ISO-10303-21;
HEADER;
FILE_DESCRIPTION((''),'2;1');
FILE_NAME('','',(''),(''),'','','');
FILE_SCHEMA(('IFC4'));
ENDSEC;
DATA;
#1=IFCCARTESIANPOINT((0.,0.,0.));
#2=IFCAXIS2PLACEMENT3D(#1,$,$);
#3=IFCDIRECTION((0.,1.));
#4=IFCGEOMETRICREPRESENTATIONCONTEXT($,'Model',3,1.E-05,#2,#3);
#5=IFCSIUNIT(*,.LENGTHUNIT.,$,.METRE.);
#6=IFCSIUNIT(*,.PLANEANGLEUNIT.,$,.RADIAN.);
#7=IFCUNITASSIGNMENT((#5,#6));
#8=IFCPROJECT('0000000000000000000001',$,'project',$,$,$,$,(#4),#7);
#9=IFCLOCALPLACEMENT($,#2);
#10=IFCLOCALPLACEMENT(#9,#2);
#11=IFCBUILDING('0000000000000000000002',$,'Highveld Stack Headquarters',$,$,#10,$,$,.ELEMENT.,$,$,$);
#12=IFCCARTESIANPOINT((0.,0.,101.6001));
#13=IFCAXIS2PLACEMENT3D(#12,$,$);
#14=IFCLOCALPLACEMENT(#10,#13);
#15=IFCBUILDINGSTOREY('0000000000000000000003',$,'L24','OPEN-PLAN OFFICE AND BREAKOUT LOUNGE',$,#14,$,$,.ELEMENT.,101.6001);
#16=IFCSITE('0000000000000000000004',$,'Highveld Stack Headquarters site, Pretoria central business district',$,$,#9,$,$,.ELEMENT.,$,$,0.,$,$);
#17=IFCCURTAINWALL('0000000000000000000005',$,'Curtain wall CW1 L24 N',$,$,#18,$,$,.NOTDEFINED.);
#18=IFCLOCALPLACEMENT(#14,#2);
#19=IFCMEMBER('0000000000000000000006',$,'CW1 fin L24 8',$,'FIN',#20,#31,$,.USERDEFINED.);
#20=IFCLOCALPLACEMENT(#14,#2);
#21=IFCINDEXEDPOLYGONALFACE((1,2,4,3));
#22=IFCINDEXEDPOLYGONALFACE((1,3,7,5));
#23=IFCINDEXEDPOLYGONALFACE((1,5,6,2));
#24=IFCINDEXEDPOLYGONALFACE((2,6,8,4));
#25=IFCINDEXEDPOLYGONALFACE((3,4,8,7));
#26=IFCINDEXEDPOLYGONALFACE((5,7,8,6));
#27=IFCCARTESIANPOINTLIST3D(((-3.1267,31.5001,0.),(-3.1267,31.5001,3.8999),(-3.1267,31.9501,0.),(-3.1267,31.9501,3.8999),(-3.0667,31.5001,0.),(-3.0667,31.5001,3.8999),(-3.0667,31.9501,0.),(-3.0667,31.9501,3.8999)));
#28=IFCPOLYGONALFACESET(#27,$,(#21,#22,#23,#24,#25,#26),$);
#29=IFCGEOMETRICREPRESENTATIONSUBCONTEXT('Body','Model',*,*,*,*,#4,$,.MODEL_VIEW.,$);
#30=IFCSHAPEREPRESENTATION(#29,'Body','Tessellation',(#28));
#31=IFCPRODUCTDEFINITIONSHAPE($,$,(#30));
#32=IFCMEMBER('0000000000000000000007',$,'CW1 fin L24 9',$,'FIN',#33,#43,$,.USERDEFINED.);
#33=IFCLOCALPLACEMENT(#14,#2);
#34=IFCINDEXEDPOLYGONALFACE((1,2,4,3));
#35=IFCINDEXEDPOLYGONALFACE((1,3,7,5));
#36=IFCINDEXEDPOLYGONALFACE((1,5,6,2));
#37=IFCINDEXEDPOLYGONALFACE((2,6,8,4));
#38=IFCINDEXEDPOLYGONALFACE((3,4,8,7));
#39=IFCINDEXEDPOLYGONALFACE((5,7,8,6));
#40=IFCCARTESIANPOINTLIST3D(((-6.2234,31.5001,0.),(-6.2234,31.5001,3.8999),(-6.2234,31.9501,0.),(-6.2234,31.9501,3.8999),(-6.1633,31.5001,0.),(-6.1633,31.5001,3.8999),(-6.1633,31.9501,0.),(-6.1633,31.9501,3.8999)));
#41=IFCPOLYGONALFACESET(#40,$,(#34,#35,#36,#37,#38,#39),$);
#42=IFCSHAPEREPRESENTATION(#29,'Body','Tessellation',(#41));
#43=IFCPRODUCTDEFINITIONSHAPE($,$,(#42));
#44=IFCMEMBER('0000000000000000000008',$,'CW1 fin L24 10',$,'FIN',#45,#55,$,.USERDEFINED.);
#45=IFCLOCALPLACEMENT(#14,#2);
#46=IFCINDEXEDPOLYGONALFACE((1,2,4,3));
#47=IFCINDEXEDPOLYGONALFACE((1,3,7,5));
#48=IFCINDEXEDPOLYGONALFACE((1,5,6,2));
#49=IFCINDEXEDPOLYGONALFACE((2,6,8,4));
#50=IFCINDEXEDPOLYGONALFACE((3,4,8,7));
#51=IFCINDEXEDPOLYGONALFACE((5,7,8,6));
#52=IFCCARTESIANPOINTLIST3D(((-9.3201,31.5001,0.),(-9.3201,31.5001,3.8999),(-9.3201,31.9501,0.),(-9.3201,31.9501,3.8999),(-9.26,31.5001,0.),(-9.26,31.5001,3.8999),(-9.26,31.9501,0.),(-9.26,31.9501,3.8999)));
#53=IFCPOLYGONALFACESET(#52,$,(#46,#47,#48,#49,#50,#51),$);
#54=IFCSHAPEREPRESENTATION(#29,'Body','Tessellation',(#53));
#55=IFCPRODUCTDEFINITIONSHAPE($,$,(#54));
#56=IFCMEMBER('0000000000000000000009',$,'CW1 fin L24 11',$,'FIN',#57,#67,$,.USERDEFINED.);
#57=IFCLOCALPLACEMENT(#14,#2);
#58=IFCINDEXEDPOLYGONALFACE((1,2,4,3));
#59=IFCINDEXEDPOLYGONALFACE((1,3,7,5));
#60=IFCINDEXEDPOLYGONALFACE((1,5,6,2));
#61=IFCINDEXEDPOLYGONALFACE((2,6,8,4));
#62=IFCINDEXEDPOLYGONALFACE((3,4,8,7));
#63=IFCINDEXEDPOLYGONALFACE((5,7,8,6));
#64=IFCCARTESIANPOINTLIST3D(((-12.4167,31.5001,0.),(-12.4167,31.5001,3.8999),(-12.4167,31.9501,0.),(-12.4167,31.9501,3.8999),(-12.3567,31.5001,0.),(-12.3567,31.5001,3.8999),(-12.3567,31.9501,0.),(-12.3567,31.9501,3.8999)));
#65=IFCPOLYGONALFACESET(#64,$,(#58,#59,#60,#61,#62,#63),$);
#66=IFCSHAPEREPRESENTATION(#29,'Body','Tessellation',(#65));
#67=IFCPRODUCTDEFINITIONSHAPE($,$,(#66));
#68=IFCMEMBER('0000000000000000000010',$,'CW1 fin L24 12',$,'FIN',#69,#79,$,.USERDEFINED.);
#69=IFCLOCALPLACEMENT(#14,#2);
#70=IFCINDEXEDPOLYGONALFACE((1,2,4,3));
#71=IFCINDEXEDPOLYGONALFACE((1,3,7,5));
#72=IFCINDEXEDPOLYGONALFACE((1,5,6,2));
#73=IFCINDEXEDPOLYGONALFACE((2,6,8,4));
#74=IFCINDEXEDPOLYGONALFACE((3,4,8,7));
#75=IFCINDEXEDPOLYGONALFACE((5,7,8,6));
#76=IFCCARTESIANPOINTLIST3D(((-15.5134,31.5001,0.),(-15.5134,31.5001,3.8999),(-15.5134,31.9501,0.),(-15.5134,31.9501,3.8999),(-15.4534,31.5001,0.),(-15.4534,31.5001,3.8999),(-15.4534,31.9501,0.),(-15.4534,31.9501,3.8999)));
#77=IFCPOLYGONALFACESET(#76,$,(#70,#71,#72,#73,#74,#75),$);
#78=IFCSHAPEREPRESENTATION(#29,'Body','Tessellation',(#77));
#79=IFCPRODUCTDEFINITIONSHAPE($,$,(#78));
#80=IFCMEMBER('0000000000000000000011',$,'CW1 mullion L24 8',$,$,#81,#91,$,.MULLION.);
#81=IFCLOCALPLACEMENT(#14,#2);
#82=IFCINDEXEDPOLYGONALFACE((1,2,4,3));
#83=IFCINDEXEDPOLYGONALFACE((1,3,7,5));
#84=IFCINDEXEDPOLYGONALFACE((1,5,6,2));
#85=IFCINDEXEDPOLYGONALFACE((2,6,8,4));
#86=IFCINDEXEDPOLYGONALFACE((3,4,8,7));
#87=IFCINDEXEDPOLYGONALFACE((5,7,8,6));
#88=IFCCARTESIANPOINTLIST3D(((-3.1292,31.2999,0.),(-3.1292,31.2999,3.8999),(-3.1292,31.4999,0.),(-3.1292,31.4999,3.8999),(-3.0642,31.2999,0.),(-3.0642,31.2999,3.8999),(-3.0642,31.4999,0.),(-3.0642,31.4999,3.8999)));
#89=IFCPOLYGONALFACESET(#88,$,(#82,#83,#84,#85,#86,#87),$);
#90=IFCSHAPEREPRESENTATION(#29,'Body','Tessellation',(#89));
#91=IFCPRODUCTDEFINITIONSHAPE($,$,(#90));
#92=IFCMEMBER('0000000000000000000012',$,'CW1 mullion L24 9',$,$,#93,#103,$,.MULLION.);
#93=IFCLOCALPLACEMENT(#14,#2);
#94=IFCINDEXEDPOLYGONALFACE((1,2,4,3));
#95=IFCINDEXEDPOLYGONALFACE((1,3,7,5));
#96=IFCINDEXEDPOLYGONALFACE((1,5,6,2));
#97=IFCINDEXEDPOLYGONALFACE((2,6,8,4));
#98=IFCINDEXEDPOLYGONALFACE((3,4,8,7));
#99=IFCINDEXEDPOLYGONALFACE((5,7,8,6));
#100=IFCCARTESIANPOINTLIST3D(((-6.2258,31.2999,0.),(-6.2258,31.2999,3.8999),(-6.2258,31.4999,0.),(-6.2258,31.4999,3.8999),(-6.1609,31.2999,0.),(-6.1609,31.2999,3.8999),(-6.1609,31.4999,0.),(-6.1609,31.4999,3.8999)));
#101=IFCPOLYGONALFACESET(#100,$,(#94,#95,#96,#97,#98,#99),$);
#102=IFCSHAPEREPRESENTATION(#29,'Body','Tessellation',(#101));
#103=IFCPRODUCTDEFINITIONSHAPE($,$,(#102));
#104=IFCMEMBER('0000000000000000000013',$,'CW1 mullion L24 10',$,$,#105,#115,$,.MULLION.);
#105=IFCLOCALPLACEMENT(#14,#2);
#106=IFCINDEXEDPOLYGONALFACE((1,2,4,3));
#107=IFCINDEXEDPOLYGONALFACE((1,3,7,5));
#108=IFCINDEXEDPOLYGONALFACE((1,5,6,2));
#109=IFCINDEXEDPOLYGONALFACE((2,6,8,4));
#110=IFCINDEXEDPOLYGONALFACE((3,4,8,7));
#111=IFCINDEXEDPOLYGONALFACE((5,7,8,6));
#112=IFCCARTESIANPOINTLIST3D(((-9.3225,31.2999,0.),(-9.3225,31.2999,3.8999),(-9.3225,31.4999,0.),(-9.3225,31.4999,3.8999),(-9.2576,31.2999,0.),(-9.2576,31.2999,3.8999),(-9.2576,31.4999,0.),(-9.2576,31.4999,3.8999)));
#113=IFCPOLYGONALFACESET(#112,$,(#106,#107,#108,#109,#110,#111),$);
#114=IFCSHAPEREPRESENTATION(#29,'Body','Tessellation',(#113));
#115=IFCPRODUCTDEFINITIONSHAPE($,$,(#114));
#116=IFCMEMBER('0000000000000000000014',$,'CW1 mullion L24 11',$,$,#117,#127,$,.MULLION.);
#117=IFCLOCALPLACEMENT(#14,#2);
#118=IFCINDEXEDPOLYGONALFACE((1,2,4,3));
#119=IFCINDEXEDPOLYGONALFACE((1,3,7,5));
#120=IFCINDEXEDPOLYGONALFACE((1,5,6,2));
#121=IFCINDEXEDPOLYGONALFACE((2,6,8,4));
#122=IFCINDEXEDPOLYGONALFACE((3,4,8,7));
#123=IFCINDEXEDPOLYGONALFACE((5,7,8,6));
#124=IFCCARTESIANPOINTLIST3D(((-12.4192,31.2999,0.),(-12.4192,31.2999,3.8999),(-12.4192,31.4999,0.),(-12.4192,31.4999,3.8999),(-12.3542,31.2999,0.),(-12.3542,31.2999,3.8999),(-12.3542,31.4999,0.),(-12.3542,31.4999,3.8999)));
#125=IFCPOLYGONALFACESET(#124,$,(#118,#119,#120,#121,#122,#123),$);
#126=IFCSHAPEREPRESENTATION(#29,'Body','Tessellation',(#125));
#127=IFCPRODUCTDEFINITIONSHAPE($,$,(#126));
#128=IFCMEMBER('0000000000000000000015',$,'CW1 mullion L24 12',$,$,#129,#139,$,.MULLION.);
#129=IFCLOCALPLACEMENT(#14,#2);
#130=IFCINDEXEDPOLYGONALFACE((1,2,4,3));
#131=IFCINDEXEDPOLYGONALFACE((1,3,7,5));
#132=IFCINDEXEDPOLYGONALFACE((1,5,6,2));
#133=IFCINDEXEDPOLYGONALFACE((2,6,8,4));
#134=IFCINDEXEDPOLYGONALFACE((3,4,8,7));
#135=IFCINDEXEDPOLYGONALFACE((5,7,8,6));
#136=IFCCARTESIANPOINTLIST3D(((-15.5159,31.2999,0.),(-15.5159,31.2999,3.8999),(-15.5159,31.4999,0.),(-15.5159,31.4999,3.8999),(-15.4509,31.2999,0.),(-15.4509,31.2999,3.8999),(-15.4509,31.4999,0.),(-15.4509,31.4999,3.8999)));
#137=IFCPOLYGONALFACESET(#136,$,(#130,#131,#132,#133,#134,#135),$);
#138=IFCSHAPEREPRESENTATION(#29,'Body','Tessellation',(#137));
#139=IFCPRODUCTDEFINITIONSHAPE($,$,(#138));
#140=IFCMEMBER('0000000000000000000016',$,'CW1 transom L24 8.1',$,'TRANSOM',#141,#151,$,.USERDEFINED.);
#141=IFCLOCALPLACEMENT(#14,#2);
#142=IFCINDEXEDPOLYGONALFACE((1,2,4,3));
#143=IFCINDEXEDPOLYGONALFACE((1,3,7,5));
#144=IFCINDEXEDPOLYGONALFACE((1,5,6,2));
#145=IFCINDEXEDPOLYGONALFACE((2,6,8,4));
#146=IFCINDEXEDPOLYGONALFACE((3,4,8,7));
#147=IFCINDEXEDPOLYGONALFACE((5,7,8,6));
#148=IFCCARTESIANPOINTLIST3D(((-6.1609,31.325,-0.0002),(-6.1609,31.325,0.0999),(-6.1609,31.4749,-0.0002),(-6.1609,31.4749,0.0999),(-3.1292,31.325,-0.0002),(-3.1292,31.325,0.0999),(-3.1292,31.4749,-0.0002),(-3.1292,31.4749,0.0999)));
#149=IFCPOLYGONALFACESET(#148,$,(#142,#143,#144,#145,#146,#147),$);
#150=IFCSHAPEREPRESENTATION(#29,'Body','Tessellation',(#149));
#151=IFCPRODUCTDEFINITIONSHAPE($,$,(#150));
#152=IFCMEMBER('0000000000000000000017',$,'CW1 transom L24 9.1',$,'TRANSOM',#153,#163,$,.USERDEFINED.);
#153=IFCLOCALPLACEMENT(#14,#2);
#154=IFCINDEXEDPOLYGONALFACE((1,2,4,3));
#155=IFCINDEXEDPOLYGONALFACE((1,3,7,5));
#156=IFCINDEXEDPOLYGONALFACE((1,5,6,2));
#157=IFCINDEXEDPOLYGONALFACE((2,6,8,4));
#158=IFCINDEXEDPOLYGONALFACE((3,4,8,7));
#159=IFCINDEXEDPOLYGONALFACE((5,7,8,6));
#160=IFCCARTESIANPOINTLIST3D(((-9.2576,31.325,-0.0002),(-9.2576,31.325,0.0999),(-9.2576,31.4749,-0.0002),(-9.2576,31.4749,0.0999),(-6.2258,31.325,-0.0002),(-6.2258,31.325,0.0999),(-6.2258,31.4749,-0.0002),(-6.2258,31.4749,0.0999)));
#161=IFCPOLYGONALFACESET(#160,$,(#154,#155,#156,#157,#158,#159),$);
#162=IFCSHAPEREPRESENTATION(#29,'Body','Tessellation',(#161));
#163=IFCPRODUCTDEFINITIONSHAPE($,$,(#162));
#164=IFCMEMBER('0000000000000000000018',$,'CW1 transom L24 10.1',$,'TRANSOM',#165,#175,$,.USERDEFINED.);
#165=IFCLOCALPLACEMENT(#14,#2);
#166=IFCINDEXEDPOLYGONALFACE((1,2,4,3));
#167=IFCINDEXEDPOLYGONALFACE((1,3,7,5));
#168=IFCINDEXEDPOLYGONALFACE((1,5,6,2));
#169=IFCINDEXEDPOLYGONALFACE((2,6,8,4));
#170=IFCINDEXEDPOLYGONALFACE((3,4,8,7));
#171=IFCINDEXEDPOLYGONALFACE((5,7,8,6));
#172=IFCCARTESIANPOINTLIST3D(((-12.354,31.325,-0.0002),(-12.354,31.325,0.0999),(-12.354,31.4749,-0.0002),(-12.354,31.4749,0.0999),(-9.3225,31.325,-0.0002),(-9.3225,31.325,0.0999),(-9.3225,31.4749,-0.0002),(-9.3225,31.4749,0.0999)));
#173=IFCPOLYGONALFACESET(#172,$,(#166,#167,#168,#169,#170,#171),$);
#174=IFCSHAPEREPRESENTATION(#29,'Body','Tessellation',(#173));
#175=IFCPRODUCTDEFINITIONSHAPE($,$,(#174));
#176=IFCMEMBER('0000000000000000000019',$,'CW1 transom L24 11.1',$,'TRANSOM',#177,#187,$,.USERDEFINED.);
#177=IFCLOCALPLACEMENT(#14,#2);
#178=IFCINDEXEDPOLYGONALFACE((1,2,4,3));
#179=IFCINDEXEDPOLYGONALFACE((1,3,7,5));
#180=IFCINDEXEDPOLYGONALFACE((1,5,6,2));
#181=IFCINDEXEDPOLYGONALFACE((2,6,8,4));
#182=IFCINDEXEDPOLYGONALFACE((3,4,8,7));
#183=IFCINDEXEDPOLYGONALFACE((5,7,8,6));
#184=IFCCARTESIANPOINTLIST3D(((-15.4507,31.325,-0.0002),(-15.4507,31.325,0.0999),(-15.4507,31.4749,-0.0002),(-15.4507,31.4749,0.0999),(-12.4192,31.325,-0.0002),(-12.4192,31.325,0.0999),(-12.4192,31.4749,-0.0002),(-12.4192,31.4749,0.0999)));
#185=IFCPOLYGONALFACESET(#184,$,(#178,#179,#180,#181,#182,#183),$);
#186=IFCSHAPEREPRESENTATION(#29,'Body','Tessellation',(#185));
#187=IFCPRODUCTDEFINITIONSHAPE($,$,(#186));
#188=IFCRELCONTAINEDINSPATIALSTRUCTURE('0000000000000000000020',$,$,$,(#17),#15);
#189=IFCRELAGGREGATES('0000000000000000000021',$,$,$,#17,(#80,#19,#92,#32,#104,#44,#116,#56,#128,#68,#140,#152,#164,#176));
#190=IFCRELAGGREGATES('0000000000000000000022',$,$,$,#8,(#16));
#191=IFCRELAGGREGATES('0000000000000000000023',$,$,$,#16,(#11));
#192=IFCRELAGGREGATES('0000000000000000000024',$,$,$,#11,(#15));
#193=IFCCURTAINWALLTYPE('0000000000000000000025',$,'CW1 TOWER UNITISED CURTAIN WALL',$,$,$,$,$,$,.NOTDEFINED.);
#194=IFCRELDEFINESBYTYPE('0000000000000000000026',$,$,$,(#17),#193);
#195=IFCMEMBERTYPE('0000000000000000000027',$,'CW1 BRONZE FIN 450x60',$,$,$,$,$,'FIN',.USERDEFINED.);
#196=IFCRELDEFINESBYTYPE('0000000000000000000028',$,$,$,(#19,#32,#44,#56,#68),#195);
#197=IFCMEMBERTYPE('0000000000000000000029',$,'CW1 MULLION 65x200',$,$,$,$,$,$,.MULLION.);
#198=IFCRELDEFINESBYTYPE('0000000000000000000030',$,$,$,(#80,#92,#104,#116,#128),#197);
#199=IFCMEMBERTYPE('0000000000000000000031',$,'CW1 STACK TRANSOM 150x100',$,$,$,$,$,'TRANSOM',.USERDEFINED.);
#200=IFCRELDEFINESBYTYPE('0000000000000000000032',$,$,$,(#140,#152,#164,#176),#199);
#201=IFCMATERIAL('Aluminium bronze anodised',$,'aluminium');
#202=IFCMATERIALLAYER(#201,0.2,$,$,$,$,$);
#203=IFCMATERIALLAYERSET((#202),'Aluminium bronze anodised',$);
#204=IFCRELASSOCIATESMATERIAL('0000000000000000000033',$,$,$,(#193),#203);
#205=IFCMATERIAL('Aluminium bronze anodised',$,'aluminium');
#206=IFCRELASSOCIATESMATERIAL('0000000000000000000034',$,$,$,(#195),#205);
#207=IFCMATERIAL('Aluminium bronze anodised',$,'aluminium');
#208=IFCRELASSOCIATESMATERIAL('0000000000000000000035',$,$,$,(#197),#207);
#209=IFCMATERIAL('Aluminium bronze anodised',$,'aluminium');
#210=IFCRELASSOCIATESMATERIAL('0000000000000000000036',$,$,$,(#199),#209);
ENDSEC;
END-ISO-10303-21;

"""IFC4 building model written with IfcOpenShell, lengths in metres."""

from ifc_helpers import new_model, si_unit, direction, frame, origin, origin_2d, place, context, subcontext, project, spatial, rectangle, extrude, material, layer, layer_set, material_profile, profile_set, type_object, element, aggregate, save


model = new_model("IFC4")

# Units and contexts
model_context = context("Model", 3, precision=1e-05, world=origin(), true_north=direction((0.0, 1.0)))
body_context = subcontext(model_context, "Body", "Model", "MODEL_VIEW")
ifc_project = project(units=[si_unit("LENGTHUNIT", "METRE"), si_unit("PLANEANGLEUNIT", "RADIAN")], contexts=[model_context])

# Site, building, storey
site_placement = place(None, origin())
site = spatial("IfcSite", under=ifc_project, at=site_placement, Name="Highveld Stack Headquarters site, Pretoria central business district", CompositionType="ELEMENT", RefElevation=0.0)
building_placement = place(site_placement, origin())
building = spatial("IfcBuilding", under=site, at=building_placement, Name="Highveld Stack Headquarters", CompositionType="ELEMENT")
storey_placement = place(building_placement, frame((0.0, 0.0, 101.6001)))
storey = spatial("IfcBuildingStorey", under=building, at=storey_placement, Name="L24", Description="OPEN-PLAN OFFICE AND BREAKOUT LOUNGE", CompositionType="ELEMENT", Elevation=101.6001)

# Curtain wall, members
ifc_material_1 = material(Name="Aluminium bronze anodised", Category="aluminium")
ifc_layer_1 = layer(ifc_material_1, 0.2)
ifc_layer_set_1 = layer_set([ifc_layer_1], Name="Aluminium bronze anodised")
curtain_wall_type = type_object("IfcCurtainWallType", Name="CW1 TOWER UNITISED CURTAIN WALL", PredefinedType="NOTDEFINED", material=ifc_layer_set_1)
curtain_wall_placement = place(storey_placement, origin())
curtain_wall = element("IfcCurtainWall", 1, at=curtain_wall_placement, inside=storey, type_object=curtain_wall_type, Name="Curtain wall CW1 L24 N", PredefinedType="NOTDEFINED")
ifc_material_2 = material(Name="Aluminium bronze anodised", Category="aluminium")
ifc_material_profile_1 = material_profile(ifc_material_2, rectangle(XDim=0.45, YDim=0.0601, at=origin_2d()), Name="FIN 450x60")
ifc_profile_set_1 = profile_set([ifc_material_profile_1], Name="Aluminium bronze anodised")
member_type_1 = type_object("IfcMemberType", Name="CW1 BRONZE FIN 450x60", ElementType="FIN", PredefinedType="USERDEFINED", material=ifc_profile_set_1)
member_1_placement = place(storey_placement, frame((-3.0967, 31.7251, 0.0), z_axis=(0.0, 0.0, 1.0), x_axis=(0.0, -1.0, 0.0)))
member_1 = element("IfcMember", 2, at=member_1_placement, type_object=member_type_1, Name="CW1 fin L24 8", ObjectType="FIN", PredefinedType="USERDEFINED", context=body_context, shape_type="SweptSolid", body=[
    extrude(rectangle(XDim=0.45, YDim=0.0601, at=origin_2d()), origin(), (0.0, 0.0, 1.0), 3.8999),
])
member_2_placement = place(storey_placement, frame((-6.1934, 31.7251, 0.0), z_axis=(0.0, 0.0, 1.0), x_axis=(0.0, -1.0, 0.0)))
member_2 = element("IfcMember", 3, at=member_2_placement, type_object=member_type_1, Name="CW1 fin L24 9", ObjectType="FIN", PredefinedType="USERDEFINED", context=body_context, shape_type="SweptSolid", body=[
    extrude(rectangle(XDim=0.45, YDim=0.0601, at=origin_2d()), origin(), (0.0, 0.0, 1.0), 3.8999),
])
member_3_placement = place(storey_placement, frame((-9.29, 31.7251, 0.0), z_axis=(0.0, 0.0, 1.0), x_axis=(0.0, -1.0, 0.0)))
member_3 = element("IfcMember", 4, at=member_3_placement, type_object=member_type_1, Name="CW1 fin L24 10", ObjectType="FIN", PredefinedType="USERDEFINED", context=body_context, shape_type="SweptSolid", body=[
    extrude(rectangle(XDim=0.45, YDim=0.0601, at=origin_2d()), origin(), (0.0, 0.0, 1.0), 3.8999),
])
member_4_placement = place(storey_placement, frame((-12.3867, 31.7251, 0.0), z_axis=(0.0, 0.0, 1.0), x_axis=(0.0, -1.0, 0.0)))
member_4 = element("IfcMember", 5, at=member_4_placement, type_object=member_type_1, Name="CW1 fin L24 11", ObjectType="FIN", PredefinedType="USERDEFINED", context=body_context, shape_type="SweptSolid", body=[
    extrude(rectangle(XDim=0.45, YDim=0.0601, at=origin_2d()), origin(), (0.0, 0.0, 1.0), 3.8999),
])
member_5_placement = place(storey_placement, frame((-15.4834, 31.7251, 0.0), z_axis=(0.0, 0.0, 1.0), x_axis=(0.0, -1.0, 0.0)))
member_5 = element("IfcMember", 6, at=member_5_placement, type_object=member_type_1, Name="CW1 fin L24 12", ObjectType="FIN", PredefinedType="USERDEFINED", context=body_context, shape_type="SweptSolid", body=[
    extrude(rectangle(XDim=0.45, YDim=0.0601, at=origin_2d()), origin(), (0.0, 0.0, 1.0), 3.8999),
])
ifc_material_3 = material(Name="Aluminium bronze anodised", Category="aluminium")
ifc_material_profile_2 = material_profile(ifc_material_3, rectangle(XDim=0.2, YDim=0.0649, at=origin_2d()), Name="CW1 MULLION 65x200")
ifc_profile_set_2 = profile_set([ifc_material_profile_2], Name="Aluminium bronze anodised")
member_type_2 = type_object("IfcMemberType", Name="CW1 MULLION 65x200", PredefinedType="MULLION", material=ifc_profile_set_2)
member_6_placement = place(storey_placement, frame((-3.0967, 31.3999, 0.0), z_axis=(0.0, 0.0, 1.0), x_axis=(0.0, -1.0, 0.0)))
member_6 = element("IfcMember", 7, at=member_6_placement, type_object=member_type_2, Name="CW1 mullion L24 8", PredefinedType="MULLION", context=body_context, shape_type="SweptSolid", body=[
    extrude(rectangle(XDim=0.2, YDim=0.0649, at=origin_2d()), origin(), (0.0, 0.0, 1.0), 3.8999),
])
member_7_placement = place(storey_placement, frame((-6.1934, 31.3999, 0.0), z_axis=(0.0, 0.0, 1.0), x_axis=(0.0, -1.0, 0.0)))
member_7 = element("IfcMember", 8, at=member_7_placement, type_object=member_type_2, Name="CW1 mullion L24 9", PredefinedType="MULLION", context=body_context, shape_type="SweptSolid", body=[
    extrude(rectangle(XDim=0.2, YDim=0.0649, at=origin_2d()), origin(), (0.0, 0.0, 1.0), 3.8999),
])
member_8_placement = place(storey_placement, frame((-9.29, 31.3999, 0.0), z_axis=(0.0, 0.0, 1.0), x_axis=(0.0, -1.0, 0.0)))
member_8 = element("IfcMember", 9, at=member_8_placement, type_object=member_type_2, Name="CW1 mullion L24 10", PredefinedType="MULLION", context=body_context, shape_type="SweptSolid", body=[
    extrude(rectangle(XDim=0.2, YDim=0.0649, at=origin_2d()), origin(), (0.0, 0.0, 1.0), 3.8999),
])
member_9_placement = place(storey_placement, frame((-12.3867, 31.3999, 0.0), z_axis=(0.0, 0.0, 1.0), x_axis=(0.0, -1.0, 0.0)))
member_9 = element("IfcMember", 10, at=member_9_placement, type_object=member_type_2, Name="CW1 mullion L24 11", PredefinedType="MULLION", context=body_context, shape_type="SweptSolid", body=[
    extrude(rectangle(XDim=0.2, YDim=0.0649, at=origin_2d()), origin(), (0.0, 0.0, 1.0), 3.8999),
])
member_10_placement = place(storey_placement, frame((-15.4834, 31.3999, 0.0), z_axis=(0.0, 0.0, 1.0), x_axis=(0.0, -1.0, 0.0)))
member_10 = element("IfcMember", 11, at=member_10_placement, type_object=member_type_2, Name="CW1 mullion L24 12", PredefinedType="MULLION", context=body_context, shape_type="SweptSolid", body=[
    extrude(rectangle(XDim=0.2, YDim=0.0649, at=origin_2d()), origin(), (0.0, 0.0, 1.0), 3.8999),
])
ifc_material_4 = material(Name="Aluminium bronze anodised", Category="aluminium")
ifc_material_profile_3 = material_profile(ifc_material_4, rectangle(XDim=0.1499, YDim=0.1001, at=origin_2d()), Name="CW1 TRANSOM 150x100")
ifc_profile_set_3 = profile_set([ifc_material_profile_3], Name="Aluminium bronze anodised")
member_type_3 = type_object("IfcMemberType", Name="CW1 STACK TRANSOM 150x100", ElementType="TRANSOM", PredefinedType="USERDEFINED", material=ifc_profile_set_3)
member_11_placement = place(storey_placement, frame((-3.1292, 31.3999, 0.0498), z_axis=(-1.0, 0.0, 0.0), x_axis=(0.0, -1.0, 0.0)))
member_11 = element("IfcMember", 12, at=member_11_placement, type_object=member_type_3, Name="CW1 transom L24 8.1", ObjectType="TRANSOM", PredefinedType="USERDEFINED", context=body_context, shape_type="SweptSolid", body=[
    extrude(rectangle(XDim=0.1499, YDim=0.1001, at=origin_2d()), origin(), (0.0, 0.0, 1.0), 3.0317),
])
member_12_placement = place(storey_placement, frame((-6.2258, 31.3999, 0.0498), z_axis=(-1.0, 0.0, 0.0), x_axis=(0.0, -1.0, 0.0)))
member_12 = element("IfcMember", 13, at=member_12_placement, type_object=member_type_3, Name="CW1 transom L24 9.1", ObjectType="TRANSOM", PredefinedType="USERDEFINED", context=body_context, shape_type="SweptSolid", body=[
    extrude(rectangle(XDim=0.1499, YDim=0.1001, at=origin_2d()), origin(), (0.0, 0.0, 1.0), 3.0317),
])
member_13_placement = place(storey_placement, frame((-9.3225, 31.3999, 0.0498), z_axis=(-1.0, 0.0, 0.0), x_axis=(0.0, -1.0, 0.0)))
member_13 = element("IfcMember", 14, at=member_13_placement, type_object=member_type_3, Name="CW1 transom L24 10.1", ObjectType="TRANSOM", PredefinedType="USERDEFINED", context=body_context, shape_type="SweptSolid", body=[
    extrude(rectangle(XDim=0.1499, YDim=0.1001, at=origin_2d()), origin(), (0.0, 0.0, 1.0), 3.0315),
])
member_14_placement = place(storey_placement, frame((-12.4192, 31.3999, 0.0498), z_axis=(-1.0, 0.0, 0.0), x_axis=(0.0, -1.0, 0.0)))
member_14 = element("IfcMember", 15, at=member_14_placement, type_object=member_type_3, Name="CW1 transom L24 11.1", ObjectType="TRANSOM", PredefinedType="USERDEFINED", context=body_context, shape_type="SweptSolid", body=[
    extrude(rectangle(XDim=0.1499, YDim=0.1001, at=origin_2d()), origin(), (0.0, 0.0, 1.0), 3.0315),
])

aggregate(curtain_wall, [member_6, member_1, member_7, member_2, member_8, member_3, member_9, member_4, member_10, member_5, member_11, member_12, member_13, member_14])

save(model, "model.ifc")
